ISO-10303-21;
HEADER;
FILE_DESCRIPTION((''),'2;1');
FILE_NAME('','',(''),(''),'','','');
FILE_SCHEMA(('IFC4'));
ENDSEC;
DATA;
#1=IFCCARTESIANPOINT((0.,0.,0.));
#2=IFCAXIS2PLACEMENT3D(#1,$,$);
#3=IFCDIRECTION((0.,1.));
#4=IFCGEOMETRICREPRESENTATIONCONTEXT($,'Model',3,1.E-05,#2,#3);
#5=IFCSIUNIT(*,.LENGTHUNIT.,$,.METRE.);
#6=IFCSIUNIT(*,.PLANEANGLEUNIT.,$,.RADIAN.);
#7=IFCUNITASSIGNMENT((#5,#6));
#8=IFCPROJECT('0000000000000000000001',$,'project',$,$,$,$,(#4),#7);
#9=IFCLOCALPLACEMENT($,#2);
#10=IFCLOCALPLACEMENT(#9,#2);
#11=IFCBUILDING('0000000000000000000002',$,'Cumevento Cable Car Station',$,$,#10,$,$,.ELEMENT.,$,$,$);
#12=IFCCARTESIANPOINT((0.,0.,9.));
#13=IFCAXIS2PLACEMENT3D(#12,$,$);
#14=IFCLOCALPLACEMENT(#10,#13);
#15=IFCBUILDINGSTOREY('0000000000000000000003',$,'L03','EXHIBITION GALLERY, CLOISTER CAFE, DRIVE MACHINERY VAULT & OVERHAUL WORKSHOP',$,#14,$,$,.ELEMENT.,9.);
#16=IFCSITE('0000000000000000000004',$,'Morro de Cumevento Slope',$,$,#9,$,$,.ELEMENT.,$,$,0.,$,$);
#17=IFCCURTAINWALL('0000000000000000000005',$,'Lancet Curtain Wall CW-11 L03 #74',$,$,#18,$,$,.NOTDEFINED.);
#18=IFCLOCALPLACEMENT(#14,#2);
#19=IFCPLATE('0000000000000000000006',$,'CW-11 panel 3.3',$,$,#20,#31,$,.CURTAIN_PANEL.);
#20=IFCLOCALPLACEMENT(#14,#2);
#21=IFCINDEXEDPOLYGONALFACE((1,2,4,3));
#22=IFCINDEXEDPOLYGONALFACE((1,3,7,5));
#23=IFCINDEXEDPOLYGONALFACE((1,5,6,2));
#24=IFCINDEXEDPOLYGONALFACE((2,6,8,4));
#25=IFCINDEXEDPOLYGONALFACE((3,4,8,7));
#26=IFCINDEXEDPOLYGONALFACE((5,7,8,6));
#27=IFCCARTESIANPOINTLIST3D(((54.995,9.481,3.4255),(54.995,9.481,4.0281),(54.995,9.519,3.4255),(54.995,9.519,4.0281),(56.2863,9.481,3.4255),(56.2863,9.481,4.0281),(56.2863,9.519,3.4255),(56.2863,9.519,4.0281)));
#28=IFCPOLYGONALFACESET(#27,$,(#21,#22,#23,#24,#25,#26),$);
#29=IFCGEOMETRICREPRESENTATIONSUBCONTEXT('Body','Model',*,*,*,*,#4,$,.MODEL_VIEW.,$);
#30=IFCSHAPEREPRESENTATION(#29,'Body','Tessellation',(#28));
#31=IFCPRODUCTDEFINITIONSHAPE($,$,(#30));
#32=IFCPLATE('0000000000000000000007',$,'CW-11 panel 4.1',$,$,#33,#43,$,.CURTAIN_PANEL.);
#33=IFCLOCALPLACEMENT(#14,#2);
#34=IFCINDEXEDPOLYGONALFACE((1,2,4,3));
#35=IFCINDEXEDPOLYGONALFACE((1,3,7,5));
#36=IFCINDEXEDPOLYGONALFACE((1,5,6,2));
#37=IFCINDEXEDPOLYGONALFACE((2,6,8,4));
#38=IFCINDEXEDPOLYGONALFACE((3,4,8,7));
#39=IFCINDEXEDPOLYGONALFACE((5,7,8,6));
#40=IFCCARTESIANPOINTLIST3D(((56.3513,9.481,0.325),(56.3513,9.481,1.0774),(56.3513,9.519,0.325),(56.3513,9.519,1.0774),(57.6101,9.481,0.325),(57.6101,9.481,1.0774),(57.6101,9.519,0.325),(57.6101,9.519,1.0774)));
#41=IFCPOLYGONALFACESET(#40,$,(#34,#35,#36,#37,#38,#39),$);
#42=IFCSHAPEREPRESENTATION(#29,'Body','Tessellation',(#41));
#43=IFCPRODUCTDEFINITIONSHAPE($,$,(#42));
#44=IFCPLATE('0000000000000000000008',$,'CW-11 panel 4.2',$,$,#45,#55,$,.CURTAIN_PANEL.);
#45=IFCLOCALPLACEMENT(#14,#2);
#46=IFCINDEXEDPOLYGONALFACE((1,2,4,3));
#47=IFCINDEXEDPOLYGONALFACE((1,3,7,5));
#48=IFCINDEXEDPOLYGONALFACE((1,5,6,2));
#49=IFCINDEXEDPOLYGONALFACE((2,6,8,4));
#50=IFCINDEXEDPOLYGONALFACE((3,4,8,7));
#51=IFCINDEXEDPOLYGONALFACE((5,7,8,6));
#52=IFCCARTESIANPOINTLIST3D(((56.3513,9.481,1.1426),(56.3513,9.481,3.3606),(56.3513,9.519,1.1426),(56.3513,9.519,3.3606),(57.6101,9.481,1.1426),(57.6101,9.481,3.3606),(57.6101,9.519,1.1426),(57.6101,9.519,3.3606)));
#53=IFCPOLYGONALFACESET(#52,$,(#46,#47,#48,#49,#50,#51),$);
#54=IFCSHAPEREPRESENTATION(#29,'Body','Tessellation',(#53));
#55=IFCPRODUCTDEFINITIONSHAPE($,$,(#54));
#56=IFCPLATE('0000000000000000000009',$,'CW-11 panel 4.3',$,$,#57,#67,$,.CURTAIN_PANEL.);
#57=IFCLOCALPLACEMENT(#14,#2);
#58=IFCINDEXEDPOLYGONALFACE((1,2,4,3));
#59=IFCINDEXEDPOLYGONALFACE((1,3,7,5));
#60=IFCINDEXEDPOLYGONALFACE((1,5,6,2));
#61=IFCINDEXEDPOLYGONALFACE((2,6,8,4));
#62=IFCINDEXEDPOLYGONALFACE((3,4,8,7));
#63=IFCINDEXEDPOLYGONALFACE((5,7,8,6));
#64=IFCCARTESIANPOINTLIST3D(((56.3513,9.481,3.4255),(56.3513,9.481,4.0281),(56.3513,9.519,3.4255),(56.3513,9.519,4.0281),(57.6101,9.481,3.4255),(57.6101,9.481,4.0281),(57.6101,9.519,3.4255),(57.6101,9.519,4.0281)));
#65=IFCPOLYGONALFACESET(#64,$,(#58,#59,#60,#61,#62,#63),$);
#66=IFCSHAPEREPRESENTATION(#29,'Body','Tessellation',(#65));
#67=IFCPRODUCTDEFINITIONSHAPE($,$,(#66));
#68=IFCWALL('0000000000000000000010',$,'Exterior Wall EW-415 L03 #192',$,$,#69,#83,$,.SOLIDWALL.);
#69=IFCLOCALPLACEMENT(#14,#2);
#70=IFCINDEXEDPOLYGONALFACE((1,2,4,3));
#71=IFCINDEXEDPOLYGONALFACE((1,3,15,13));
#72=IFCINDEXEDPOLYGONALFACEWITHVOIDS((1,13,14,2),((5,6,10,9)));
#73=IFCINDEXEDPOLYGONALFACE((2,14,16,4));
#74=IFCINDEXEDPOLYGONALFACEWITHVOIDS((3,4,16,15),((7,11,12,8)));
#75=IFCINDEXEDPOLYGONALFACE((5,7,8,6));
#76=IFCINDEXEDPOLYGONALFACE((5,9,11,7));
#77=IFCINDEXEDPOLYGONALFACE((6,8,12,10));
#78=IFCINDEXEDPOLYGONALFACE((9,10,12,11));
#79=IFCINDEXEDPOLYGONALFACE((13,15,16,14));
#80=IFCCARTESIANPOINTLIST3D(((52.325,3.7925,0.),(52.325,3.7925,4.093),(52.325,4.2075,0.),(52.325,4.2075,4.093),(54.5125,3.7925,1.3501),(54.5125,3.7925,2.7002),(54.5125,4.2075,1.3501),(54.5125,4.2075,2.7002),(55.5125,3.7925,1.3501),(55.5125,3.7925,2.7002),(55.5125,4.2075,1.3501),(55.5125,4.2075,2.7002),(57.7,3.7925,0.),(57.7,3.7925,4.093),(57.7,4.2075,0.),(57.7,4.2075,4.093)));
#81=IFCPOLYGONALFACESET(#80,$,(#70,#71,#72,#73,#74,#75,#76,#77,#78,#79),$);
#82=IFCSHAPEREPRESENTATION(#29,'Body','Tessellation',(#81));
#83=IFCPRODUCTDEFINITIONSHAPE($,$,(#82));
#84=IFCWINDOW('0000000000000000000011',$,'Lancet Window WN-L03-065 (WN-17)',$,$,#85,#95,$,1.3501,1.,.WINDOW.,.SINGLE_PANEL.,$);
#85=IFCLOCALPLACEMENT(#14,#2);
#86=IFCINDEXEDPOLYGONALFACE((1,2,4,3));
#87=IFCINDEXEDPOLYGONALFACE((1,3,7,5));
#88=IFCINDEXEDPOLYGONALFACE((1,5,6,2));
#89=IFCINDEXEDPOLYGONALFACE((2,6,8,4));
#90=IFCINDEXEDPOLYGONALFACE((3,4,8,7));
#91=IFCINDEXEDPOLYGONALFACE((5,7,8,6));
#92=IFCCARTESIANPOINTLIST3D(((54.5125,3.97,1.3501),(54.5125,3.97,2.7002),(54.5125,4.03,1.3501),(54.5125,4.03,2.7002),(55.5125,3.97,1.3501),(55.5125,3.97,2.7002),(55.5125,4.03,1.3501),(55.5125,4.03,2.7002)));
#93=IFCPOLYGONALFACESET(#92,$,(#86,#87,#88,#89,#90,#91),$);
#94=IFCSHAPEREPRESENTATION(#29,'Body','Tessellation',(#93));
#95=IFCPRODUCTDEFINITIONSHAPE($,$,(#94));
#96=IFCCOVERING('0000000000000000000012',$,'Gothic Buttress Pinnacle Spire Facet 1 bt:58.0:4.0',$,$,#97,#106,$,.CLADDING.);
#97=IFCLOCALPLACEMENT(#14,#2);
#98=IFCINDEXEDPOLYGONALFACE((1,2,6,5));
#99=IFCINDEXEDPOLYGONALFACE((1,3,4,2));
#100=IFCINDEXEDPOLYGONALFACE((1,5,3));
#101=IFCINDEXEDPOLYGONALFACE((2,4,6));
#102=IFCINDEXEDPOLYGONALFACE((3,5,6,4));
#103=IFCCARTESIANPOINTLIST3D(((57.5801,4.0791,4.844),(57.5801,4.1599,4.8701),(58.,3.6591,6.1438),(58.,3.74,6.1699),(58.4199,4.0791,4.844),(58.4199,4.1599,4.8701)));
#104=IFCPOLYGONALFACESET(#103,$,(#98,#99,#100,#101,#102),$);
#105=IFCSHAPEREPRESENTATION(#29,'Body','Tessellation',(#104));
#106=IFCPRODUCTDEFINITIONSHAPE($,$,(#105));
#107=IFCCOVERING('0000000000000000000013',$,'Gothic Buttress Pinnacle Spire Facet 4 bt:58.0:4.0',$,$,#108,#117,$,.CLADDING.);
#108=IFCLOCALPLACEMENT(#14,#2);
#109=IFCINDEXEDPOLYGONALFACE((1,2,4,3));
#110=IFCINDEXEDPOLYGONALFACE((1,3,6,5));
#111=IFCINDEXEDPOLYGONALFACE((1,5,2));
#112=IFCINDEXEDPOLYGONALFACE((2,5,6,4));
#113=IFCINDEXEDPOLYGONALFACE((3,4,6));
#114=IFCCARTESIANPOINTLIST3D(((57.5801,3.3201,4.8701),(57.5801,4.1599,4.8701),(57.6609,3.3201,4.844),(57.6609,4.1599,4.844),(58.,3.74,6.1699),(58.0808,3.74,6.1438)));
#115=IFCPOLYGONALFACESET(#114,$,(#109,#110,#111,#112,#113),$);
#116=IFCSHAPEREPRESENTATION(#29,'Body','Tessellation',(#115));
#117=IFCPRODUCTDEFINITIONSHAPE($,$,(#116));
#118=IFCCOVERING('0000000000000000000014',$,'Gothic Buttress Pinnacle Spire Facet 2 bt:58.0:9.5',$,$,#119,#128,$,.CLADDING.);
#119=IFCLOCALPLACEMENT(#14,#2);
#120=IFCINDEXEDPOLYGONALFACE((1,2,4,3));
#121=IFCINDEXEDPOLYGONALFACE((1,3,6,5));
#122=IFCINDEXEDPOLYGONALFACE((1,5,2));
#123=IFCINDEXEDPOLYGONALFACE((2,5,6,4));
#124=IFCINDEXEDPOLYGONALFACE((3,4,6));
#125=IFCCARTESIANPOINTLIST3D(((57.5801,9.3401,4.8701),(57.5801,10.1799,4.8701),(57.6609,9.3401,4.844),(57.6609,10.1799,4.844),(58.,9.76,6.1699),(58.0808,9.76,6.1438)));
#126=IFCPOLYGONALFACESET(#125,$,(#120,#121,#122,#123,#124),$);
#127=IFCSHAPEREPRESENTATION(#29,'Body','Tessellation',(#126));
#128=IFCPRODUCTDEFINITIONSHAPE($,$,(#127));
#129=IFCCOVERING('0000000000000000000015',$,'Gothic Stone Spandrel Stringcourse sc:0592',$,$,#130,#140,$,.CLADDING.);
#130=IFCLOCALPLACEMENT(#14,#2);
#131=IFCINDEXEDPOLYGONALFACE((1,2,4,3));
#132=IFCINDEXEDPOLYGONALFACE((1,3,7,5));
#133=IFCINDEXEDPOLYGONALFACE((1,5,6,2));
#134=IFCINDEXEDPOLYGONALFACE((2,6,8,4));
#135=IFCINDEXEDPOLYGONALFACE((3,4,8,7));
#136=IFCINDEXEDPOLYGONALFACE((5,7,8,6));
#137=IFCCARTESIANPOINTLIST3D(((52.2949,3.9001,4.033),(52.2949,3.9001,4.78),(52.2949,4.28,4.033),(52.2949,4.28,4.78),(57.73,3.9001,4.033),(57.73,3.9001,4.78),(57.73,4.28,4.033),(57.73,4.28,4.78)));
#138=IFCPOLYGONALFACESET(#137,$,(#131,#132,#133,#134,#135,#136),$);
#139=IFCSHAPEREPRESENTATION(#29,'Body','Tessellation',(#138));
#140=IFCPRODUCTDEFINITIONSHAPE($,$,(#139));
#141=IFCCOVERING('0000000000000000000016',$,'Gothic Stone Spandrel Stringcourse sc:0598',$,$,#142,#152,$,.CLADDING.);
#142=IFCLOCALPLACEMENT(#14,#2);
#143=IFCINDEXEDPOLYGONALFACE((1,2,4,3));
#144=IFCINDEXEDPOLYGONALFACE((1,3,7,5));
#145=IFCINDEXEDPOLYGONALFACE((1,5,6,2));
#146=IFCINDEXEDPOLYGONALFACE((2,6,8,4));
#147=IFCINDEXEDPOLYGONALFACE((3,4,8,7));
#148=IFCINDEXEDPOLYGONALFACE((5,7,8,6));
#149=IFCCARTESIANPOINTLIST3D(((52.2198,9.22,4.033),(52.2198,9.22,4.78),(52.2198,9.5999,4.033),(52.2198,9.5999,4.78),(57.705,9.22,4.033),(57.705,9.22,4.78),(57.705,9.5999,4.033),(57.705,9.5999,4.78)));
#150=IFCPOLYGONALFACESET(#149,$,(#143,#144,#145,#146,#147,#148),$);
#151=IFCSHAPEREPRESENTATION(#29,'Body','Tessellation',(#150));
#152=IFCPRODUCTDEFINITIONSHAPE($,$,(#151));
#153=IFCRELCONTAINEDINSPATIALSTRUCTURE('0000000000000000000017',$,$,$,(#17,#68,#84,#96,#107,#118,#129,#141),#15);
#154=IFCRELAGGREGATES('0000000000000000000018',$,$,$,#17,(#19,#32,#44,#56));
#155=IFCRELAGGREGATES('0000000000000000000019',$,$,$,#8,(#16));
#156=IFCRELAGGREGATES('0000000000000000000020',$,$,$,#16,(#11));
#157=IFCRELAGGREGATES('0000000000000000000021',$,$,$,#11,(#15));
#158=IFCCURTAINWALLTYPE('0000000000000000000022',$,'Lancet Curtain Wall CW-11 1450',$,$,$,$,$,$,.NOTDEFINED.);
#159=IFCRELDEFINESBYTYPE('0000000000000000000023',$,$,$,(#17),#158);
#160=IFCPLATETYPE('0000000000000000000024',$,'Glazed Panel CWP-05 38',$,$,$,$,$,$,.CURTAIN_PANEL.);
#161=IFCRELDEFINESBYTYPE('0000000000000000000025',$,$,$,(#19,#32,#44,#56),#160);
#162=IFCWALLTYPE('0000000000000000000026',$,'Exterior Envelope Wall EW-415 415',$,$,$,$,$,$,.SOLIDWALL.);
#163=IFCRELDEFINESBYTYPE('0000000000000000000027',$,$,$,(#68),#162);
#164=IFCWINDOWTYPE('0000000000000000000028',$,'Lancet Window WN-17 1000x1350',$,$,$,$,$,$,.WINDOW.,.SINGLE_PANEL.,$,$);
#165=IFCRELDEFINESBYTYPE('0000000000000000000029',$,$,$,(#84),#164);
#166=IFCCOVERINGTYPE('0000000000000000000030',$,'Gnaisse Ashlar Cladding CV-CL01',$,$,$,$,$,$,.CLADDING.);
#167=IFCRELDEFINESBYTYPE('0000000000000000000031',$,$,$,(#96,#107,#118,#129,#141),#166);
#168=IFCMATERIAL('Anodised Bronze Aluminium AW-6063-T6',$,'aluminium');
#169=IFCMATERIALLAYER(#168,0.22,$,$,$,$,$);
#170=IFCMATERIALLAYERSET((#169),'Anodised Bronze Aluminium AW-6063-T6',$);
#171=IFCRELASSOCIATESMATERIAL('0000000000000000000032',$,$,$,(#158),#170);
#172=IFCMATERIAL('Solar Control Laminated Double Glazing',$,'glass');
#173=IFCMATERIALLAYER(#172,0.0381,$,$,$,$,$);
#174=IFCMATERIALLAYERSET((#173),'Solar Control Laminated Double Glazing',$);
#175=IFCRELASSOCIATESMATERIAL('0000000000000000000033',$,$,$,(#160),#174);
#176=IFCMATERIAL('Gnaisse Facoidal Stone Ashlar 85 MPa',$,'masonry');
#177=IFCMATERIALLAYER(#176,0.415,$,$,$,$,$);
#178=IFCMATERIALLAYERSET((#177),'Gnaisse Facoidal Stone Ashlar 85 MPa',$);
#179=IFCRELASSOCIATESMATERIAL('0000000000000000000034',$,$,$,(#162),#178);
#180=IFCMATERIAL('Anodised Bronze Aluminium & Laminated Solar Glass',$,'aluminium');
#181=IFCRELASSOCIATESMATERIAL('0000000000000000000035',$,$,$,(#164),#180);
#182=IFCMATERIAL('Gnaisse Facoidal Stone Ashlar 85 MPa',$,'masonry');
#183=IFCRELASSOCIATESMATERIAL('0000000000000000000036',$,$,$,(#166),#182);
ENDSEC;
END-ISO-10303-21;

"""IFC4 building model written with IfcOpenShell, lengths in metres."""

from ifc_helpers import new_model, si_unit, direction, frame, frame_2d, origin, origin_2d, place, context, subcontext, project, spatial, polyline, rectangle, outline, extrude, material, layer, layer_set, type_object, element, fill, aggregate, save


model = new_model("IFC4")

# Units and contexts
model_context = context("Model", 3, precision=1e-05, world=origin(), true_north=direction((0.0, 1.0)))
body_context = subcontext(model_context, "Body", "Model", "MODEL_VIEW")
ifc_project = project(units=[si_unit("LENGTHUNIT", "METRE"), si_unit("PLANEANGLEUNIT", "RADIAN")], contexts=[model_context])

# Site, building, storey
site_placement = place(None, origin())
site = spatial("IfcSite", under=ifc_project, at=site_placement, Name="Morro de Cumevento Slope", CompositionType="ELEMENT", RefElevation=0.0)
building_placement = place(site_placement, origin())
building = spatial("IfcBuilding", under=site, at=building_placement, Name="Cumevento Cable Car Station", CompositionType="ELEMENT")
storey_placement = place(building_placement, frame((0.0, 0.0, 9.0)))
storey = spatial("IfcBuildingStorey", under=building, at=storey_placement, Name="L03", Description="EXHIBITION GALLERY, CLOISTER CAFE, DRIVE MACHINERY VAULT & OVERHAUL WORKSHOP", CompositionType="ELEMENT", Elevation=9.0)

# Curtain wall
ifc_material_1 = material(Name="Anodised Bronze Aluminium AW-6063-T6", Category="aluminium")
ifc_layer_1 = layer(ifc_material_1, 0.22)
ifc_layer_set_1 = layer_set([ifc_layer_1], Name="Anodised Bronze Aluminium AW-6063-T6")
curtain_wall_type = type_object("IfcCurtainWallType", Name="Lancet Curtain Wall CW-11 1450", PredefinedType="NOTDEFINED", material=ifc_layer_set_1)
curtain_wall_placement = place(storey_placement, origin())
curtain_wall = element("IfcCurtainWall", 1, at=curtain_wall_placement, inside=storey, type_object=curtain_wall_type, Name="Lancet Curtain Wall CW-11 L03 #74", PredefinedType="NOTDEFINED")

# Plates
ifc_material_2 = material(Name="Solar Control Laminated Double Glazing", Category="glass")
ifc_layer_2 = layer(ifc_material_2, 0.0381)
ifc_layer_set_2 = layer_set([ifc_layer_2], Name="Solar Control Laminated Double Glazing")
plate_type = type_object("IfcPlateType", Name="Glazed Panel CWP-05 38", PredefinedType="CURTAIN_PANEL", material=ifc_layer_set_2)
plate_1_placement = place(storey_placement, frame((55.6406, 9.5, 3.4255), z_axis=(0.0, 0.0, 1.0), x_axis=(1.0, 0.0, 0.0)))
plate_1 = element("IfcPlate", 2, at=plate_1_placement, type_object=plate_type, Name="CW-11 panel 3.3", PredefinedType="CURTAIN_PANEL", context=body_context, shape_type="SweptSolid", body=[
    extrude(rectangle(XDim=1.2913, YDim=0.0381, at=origin_2d()), origin(), (0.0, 0.0, 1.0), 0.6025),
])
plate_2_placement = place(storey_placement, frame((56.9807, 9.5, 0.325), z_axis=(0.0, 0.0, 1.0), x_axis=(1.0, 0.0, 0.0)))
plate_2 = element("IfcPlate", 3, at=plate_2_placement, type_object=plate_type, Name="CW-11 panel 4.1", PredefinedType="CURTAIN_PANEL", context=body_context, shape_type="SweptSolid", body=[
    extrude(rectangle(XDim=1.2588, YDim=0.0381, at=origin_2d()), origin(), (0.0, 0.0, 1.0), 0.7524),
])
plate_3_placement = place(storey_placement, frame((56.9807, 9.5, 1.1426), z_axis=(0.0, 0.0, 1.0), x_axis=(1.0, 0.0, 0.0)))
plate_3 = element("IfcPlate", 4, at=plate_3_placement, type_object=plate_type, Name="CW-11 panel 4.2", PredefinedType="CURTAIN_PANEL", context=body_context, shape_type="SweptSolid", body=[
    extrude(rectangle(XDim=1.2588, YDim=0.0381, at=origin_2d()), origin(), (0.0, 0.0, 1.0), 2.218),
])
plate_4_placement = place(storey_placement, frame((56.9807, 9.5, 3.4255), z_axis=(0.0, 0.0, 1.0), x_axis=(1.0, 0.0, 0.0)))
plate_4 = element("IfcPlate", 5, at=plate_4_placement, type_object=plate_type, Name="CW-11 panel 4.3", PredefinedType="CURTAIN_PANEL", context=body_context, shape_type="SweptSolid", body=[
    extrude(rectangle(XDim=1.2588, YDim=0.0381, at=origin_2d()), origin(), (0.0, 0.0, 1.0), 0.6025),
])
aggregate(curtain_wall, [plate_1, plate_2, plate_3, plate_4])

# Wall, opening, window
ifc_material_3 = material(Name="Gnaisse Facoidal Stone Ashlar 85 MPa", Category="masonry")
ifc_layer_3 = layer(ifc_material_3, 0.415)
ifc_layer_set_3 = layer_set([ifc_layer_3], Name="Gnaisse Facoidal Stone Ashlar 85 MPa")
wall_type = type_object("IfcWallType", Name="Exterior Envelope Wall EW-415 415", PredefinedType="SOLIDWALL", material=ifc_layer_set_3)
wall_placement = place(storey_placement, frame((57.7, 4.0, 0.0), z_axis=(0.0, 0.0, 1.0), x_axis=(-1.0, 0.0, 0.0)))
wall = element("IfcWall", 6, at=wall_placement, inside=storey, type_object=wall_type, Name="Exterior Wall EW-415 L03 #192", PredefinedType="SOLIDWALL", context=body_context, shape_type="SweptSolid", body=[
    extrude(rectangle(XDim=5.375, YDim=0.415, at=frame_2d((2.6875, 0.0))), origin(), (0.0, 0.0, 1.0), 4.093),
])
opening_placement = place(wall_placement, frame((2.1875, 0.0, 1.3501)))
opening = element("IfcOpeningElement", 7, at=opening_placement, cuts=wall, PredefinedType="OPENING", context=body_context, shape_type="SweptSolid", body=[
    extrude(rectangle(XDim=1.0, YDim=1.3501, at=frame_2d((0.5, 0.675))), frame((0.0, 0.2175, 0.0), z_axis=(0.0, -1.0, 0.0), x_axis=(1.0, 0.0, 0.0)), (0.0, 0.0, 1.0), 0.4351),
])
ifc_material_4 = material(Name="Anodised Bronze Aluminium & Laminated Solar Glass", Category="aluminium")
window_type = type_object("IfcWindowType", Name="Lancet Window WN-17 1000x1350", PartitioningType="SINGLE_PANEL", PredefinedType="WINDOW", material=ifc_material_4)
window_placement = place(opening_placement, origin())
window = element("IfcWindow", 8, at=window_placement, inside=storey, type_object=window_type, Name="Lancet Window WN-L03-065 (WN-17)", OverallHeight=1.3501, OverallWidth=1.0, PartitioningType="SINGLE_PANEL", PredefinedType="WINDOW", context=body_context, shape_type="SweptSolid", body=[
    extrude(rectangle(XDim=1.0, YDim=1.3501, at=frame_2d((0.5, 0.675))), frame((0.0, 0.03, 0.0), z_axis=(0.0, -1.0, 0.0), x_axis=(1.0, 0.0, 0.0)), (0.0, 0.0, 1.0), 0.0601),
])
fill(opening, window)

# Coverings
ifc_material_5 = material(Name="Gnaisse Facoidal Stone Ashlar 85 MPa", Category="masonry")
covering_type = type_object("IfcCoveringType", Name="Gnaisse Ashlar Cladding CV-CL01", PredefinedType="CLADDING", material=ifc_material_5)
for number, where, z_axis, x_axis, name in (
    (9, (57.5801, 4.1599, 4.8701), (0.0, 0.951574, 0.307421), (1.0, 0.0, 0.0), "Gothic Buttress Pinnacle Spire Facet 1 bt:58.0:4.0"),
    (10, (57.5801, 3.3201, 4.8701), (-0.951574, 0.0, 0.307421), (0.0, 1.0, 0.0), "Gothic Buttress Pinnacle Spire Facet 4 bt:58.0:4.0"),
    (11, (57.5801, 9.3401, 4.8701), (-0.951574, 0.0, 0.307421), (0.0, 1.0, 0.0), "Gothic Buttress Pinnacle Spire Facet 2 bt:58.0:9.5"),
):
    element("IfcCovering", number, at=place(storey_placement, frame(where, z_axis=z_axis, x_axis=x_axis)), inside=storey, type_object=covering_type, Name=name, PredefinedType="CLADDING", context=body_context, shape_type="SweptSolid", body=[
        extrude(outline(polyline([(0.0, 0.0), (0.8398, 0.0), (0.4199, -1.366), (0.0, 0.0)])), origin(), (0.0, 0.0, -1.0), 0.085),
    ])
covering_1_placement = place(storey_placement, frame((55.0125, 4.0901, 4.033), z_axis=(0.0, 0.0, 1.0), x_axis=(-1.0, 0.0, 0.0)))
element("IfcCovering", 12, at=covering_1_placement, inside=storey, type_object=covering_type, Name="Gothic Stone Spandrel Stringcourse sc:0592", PredefinedType="CLADDING", context=body_context, shape_type="SweptSolid", body=[
    extrude(rectangle(XDim=5.4351, YDim=0.3799, at=origin_2d()), origin(), (0.0, 0.0, 1.0), 0.7471),
])
covering_2_placement = place(storey_placement, frame((54.9624, 9.4099, 4.033), z_axis=(0.0, 0.0, 1.0), x_axis=(1.0, 0.0, 0.0)))
element("IfcCovering", 13, at=covering_2_placement, inside=storey, type_object=covering_type, Name="Gothic Stone Spandrel Stringcourse sc:0598", PredefinedType="CLADDING", context=body_context, shape_type="SweptSolid", body=[
    extrude(rectangle(XDim=5.4851, YDim=0.3799, at=origin_2d()), origin(), (0.0, 0.0, 1.0), 0.7471),
])

save(model, "model.ifc")
